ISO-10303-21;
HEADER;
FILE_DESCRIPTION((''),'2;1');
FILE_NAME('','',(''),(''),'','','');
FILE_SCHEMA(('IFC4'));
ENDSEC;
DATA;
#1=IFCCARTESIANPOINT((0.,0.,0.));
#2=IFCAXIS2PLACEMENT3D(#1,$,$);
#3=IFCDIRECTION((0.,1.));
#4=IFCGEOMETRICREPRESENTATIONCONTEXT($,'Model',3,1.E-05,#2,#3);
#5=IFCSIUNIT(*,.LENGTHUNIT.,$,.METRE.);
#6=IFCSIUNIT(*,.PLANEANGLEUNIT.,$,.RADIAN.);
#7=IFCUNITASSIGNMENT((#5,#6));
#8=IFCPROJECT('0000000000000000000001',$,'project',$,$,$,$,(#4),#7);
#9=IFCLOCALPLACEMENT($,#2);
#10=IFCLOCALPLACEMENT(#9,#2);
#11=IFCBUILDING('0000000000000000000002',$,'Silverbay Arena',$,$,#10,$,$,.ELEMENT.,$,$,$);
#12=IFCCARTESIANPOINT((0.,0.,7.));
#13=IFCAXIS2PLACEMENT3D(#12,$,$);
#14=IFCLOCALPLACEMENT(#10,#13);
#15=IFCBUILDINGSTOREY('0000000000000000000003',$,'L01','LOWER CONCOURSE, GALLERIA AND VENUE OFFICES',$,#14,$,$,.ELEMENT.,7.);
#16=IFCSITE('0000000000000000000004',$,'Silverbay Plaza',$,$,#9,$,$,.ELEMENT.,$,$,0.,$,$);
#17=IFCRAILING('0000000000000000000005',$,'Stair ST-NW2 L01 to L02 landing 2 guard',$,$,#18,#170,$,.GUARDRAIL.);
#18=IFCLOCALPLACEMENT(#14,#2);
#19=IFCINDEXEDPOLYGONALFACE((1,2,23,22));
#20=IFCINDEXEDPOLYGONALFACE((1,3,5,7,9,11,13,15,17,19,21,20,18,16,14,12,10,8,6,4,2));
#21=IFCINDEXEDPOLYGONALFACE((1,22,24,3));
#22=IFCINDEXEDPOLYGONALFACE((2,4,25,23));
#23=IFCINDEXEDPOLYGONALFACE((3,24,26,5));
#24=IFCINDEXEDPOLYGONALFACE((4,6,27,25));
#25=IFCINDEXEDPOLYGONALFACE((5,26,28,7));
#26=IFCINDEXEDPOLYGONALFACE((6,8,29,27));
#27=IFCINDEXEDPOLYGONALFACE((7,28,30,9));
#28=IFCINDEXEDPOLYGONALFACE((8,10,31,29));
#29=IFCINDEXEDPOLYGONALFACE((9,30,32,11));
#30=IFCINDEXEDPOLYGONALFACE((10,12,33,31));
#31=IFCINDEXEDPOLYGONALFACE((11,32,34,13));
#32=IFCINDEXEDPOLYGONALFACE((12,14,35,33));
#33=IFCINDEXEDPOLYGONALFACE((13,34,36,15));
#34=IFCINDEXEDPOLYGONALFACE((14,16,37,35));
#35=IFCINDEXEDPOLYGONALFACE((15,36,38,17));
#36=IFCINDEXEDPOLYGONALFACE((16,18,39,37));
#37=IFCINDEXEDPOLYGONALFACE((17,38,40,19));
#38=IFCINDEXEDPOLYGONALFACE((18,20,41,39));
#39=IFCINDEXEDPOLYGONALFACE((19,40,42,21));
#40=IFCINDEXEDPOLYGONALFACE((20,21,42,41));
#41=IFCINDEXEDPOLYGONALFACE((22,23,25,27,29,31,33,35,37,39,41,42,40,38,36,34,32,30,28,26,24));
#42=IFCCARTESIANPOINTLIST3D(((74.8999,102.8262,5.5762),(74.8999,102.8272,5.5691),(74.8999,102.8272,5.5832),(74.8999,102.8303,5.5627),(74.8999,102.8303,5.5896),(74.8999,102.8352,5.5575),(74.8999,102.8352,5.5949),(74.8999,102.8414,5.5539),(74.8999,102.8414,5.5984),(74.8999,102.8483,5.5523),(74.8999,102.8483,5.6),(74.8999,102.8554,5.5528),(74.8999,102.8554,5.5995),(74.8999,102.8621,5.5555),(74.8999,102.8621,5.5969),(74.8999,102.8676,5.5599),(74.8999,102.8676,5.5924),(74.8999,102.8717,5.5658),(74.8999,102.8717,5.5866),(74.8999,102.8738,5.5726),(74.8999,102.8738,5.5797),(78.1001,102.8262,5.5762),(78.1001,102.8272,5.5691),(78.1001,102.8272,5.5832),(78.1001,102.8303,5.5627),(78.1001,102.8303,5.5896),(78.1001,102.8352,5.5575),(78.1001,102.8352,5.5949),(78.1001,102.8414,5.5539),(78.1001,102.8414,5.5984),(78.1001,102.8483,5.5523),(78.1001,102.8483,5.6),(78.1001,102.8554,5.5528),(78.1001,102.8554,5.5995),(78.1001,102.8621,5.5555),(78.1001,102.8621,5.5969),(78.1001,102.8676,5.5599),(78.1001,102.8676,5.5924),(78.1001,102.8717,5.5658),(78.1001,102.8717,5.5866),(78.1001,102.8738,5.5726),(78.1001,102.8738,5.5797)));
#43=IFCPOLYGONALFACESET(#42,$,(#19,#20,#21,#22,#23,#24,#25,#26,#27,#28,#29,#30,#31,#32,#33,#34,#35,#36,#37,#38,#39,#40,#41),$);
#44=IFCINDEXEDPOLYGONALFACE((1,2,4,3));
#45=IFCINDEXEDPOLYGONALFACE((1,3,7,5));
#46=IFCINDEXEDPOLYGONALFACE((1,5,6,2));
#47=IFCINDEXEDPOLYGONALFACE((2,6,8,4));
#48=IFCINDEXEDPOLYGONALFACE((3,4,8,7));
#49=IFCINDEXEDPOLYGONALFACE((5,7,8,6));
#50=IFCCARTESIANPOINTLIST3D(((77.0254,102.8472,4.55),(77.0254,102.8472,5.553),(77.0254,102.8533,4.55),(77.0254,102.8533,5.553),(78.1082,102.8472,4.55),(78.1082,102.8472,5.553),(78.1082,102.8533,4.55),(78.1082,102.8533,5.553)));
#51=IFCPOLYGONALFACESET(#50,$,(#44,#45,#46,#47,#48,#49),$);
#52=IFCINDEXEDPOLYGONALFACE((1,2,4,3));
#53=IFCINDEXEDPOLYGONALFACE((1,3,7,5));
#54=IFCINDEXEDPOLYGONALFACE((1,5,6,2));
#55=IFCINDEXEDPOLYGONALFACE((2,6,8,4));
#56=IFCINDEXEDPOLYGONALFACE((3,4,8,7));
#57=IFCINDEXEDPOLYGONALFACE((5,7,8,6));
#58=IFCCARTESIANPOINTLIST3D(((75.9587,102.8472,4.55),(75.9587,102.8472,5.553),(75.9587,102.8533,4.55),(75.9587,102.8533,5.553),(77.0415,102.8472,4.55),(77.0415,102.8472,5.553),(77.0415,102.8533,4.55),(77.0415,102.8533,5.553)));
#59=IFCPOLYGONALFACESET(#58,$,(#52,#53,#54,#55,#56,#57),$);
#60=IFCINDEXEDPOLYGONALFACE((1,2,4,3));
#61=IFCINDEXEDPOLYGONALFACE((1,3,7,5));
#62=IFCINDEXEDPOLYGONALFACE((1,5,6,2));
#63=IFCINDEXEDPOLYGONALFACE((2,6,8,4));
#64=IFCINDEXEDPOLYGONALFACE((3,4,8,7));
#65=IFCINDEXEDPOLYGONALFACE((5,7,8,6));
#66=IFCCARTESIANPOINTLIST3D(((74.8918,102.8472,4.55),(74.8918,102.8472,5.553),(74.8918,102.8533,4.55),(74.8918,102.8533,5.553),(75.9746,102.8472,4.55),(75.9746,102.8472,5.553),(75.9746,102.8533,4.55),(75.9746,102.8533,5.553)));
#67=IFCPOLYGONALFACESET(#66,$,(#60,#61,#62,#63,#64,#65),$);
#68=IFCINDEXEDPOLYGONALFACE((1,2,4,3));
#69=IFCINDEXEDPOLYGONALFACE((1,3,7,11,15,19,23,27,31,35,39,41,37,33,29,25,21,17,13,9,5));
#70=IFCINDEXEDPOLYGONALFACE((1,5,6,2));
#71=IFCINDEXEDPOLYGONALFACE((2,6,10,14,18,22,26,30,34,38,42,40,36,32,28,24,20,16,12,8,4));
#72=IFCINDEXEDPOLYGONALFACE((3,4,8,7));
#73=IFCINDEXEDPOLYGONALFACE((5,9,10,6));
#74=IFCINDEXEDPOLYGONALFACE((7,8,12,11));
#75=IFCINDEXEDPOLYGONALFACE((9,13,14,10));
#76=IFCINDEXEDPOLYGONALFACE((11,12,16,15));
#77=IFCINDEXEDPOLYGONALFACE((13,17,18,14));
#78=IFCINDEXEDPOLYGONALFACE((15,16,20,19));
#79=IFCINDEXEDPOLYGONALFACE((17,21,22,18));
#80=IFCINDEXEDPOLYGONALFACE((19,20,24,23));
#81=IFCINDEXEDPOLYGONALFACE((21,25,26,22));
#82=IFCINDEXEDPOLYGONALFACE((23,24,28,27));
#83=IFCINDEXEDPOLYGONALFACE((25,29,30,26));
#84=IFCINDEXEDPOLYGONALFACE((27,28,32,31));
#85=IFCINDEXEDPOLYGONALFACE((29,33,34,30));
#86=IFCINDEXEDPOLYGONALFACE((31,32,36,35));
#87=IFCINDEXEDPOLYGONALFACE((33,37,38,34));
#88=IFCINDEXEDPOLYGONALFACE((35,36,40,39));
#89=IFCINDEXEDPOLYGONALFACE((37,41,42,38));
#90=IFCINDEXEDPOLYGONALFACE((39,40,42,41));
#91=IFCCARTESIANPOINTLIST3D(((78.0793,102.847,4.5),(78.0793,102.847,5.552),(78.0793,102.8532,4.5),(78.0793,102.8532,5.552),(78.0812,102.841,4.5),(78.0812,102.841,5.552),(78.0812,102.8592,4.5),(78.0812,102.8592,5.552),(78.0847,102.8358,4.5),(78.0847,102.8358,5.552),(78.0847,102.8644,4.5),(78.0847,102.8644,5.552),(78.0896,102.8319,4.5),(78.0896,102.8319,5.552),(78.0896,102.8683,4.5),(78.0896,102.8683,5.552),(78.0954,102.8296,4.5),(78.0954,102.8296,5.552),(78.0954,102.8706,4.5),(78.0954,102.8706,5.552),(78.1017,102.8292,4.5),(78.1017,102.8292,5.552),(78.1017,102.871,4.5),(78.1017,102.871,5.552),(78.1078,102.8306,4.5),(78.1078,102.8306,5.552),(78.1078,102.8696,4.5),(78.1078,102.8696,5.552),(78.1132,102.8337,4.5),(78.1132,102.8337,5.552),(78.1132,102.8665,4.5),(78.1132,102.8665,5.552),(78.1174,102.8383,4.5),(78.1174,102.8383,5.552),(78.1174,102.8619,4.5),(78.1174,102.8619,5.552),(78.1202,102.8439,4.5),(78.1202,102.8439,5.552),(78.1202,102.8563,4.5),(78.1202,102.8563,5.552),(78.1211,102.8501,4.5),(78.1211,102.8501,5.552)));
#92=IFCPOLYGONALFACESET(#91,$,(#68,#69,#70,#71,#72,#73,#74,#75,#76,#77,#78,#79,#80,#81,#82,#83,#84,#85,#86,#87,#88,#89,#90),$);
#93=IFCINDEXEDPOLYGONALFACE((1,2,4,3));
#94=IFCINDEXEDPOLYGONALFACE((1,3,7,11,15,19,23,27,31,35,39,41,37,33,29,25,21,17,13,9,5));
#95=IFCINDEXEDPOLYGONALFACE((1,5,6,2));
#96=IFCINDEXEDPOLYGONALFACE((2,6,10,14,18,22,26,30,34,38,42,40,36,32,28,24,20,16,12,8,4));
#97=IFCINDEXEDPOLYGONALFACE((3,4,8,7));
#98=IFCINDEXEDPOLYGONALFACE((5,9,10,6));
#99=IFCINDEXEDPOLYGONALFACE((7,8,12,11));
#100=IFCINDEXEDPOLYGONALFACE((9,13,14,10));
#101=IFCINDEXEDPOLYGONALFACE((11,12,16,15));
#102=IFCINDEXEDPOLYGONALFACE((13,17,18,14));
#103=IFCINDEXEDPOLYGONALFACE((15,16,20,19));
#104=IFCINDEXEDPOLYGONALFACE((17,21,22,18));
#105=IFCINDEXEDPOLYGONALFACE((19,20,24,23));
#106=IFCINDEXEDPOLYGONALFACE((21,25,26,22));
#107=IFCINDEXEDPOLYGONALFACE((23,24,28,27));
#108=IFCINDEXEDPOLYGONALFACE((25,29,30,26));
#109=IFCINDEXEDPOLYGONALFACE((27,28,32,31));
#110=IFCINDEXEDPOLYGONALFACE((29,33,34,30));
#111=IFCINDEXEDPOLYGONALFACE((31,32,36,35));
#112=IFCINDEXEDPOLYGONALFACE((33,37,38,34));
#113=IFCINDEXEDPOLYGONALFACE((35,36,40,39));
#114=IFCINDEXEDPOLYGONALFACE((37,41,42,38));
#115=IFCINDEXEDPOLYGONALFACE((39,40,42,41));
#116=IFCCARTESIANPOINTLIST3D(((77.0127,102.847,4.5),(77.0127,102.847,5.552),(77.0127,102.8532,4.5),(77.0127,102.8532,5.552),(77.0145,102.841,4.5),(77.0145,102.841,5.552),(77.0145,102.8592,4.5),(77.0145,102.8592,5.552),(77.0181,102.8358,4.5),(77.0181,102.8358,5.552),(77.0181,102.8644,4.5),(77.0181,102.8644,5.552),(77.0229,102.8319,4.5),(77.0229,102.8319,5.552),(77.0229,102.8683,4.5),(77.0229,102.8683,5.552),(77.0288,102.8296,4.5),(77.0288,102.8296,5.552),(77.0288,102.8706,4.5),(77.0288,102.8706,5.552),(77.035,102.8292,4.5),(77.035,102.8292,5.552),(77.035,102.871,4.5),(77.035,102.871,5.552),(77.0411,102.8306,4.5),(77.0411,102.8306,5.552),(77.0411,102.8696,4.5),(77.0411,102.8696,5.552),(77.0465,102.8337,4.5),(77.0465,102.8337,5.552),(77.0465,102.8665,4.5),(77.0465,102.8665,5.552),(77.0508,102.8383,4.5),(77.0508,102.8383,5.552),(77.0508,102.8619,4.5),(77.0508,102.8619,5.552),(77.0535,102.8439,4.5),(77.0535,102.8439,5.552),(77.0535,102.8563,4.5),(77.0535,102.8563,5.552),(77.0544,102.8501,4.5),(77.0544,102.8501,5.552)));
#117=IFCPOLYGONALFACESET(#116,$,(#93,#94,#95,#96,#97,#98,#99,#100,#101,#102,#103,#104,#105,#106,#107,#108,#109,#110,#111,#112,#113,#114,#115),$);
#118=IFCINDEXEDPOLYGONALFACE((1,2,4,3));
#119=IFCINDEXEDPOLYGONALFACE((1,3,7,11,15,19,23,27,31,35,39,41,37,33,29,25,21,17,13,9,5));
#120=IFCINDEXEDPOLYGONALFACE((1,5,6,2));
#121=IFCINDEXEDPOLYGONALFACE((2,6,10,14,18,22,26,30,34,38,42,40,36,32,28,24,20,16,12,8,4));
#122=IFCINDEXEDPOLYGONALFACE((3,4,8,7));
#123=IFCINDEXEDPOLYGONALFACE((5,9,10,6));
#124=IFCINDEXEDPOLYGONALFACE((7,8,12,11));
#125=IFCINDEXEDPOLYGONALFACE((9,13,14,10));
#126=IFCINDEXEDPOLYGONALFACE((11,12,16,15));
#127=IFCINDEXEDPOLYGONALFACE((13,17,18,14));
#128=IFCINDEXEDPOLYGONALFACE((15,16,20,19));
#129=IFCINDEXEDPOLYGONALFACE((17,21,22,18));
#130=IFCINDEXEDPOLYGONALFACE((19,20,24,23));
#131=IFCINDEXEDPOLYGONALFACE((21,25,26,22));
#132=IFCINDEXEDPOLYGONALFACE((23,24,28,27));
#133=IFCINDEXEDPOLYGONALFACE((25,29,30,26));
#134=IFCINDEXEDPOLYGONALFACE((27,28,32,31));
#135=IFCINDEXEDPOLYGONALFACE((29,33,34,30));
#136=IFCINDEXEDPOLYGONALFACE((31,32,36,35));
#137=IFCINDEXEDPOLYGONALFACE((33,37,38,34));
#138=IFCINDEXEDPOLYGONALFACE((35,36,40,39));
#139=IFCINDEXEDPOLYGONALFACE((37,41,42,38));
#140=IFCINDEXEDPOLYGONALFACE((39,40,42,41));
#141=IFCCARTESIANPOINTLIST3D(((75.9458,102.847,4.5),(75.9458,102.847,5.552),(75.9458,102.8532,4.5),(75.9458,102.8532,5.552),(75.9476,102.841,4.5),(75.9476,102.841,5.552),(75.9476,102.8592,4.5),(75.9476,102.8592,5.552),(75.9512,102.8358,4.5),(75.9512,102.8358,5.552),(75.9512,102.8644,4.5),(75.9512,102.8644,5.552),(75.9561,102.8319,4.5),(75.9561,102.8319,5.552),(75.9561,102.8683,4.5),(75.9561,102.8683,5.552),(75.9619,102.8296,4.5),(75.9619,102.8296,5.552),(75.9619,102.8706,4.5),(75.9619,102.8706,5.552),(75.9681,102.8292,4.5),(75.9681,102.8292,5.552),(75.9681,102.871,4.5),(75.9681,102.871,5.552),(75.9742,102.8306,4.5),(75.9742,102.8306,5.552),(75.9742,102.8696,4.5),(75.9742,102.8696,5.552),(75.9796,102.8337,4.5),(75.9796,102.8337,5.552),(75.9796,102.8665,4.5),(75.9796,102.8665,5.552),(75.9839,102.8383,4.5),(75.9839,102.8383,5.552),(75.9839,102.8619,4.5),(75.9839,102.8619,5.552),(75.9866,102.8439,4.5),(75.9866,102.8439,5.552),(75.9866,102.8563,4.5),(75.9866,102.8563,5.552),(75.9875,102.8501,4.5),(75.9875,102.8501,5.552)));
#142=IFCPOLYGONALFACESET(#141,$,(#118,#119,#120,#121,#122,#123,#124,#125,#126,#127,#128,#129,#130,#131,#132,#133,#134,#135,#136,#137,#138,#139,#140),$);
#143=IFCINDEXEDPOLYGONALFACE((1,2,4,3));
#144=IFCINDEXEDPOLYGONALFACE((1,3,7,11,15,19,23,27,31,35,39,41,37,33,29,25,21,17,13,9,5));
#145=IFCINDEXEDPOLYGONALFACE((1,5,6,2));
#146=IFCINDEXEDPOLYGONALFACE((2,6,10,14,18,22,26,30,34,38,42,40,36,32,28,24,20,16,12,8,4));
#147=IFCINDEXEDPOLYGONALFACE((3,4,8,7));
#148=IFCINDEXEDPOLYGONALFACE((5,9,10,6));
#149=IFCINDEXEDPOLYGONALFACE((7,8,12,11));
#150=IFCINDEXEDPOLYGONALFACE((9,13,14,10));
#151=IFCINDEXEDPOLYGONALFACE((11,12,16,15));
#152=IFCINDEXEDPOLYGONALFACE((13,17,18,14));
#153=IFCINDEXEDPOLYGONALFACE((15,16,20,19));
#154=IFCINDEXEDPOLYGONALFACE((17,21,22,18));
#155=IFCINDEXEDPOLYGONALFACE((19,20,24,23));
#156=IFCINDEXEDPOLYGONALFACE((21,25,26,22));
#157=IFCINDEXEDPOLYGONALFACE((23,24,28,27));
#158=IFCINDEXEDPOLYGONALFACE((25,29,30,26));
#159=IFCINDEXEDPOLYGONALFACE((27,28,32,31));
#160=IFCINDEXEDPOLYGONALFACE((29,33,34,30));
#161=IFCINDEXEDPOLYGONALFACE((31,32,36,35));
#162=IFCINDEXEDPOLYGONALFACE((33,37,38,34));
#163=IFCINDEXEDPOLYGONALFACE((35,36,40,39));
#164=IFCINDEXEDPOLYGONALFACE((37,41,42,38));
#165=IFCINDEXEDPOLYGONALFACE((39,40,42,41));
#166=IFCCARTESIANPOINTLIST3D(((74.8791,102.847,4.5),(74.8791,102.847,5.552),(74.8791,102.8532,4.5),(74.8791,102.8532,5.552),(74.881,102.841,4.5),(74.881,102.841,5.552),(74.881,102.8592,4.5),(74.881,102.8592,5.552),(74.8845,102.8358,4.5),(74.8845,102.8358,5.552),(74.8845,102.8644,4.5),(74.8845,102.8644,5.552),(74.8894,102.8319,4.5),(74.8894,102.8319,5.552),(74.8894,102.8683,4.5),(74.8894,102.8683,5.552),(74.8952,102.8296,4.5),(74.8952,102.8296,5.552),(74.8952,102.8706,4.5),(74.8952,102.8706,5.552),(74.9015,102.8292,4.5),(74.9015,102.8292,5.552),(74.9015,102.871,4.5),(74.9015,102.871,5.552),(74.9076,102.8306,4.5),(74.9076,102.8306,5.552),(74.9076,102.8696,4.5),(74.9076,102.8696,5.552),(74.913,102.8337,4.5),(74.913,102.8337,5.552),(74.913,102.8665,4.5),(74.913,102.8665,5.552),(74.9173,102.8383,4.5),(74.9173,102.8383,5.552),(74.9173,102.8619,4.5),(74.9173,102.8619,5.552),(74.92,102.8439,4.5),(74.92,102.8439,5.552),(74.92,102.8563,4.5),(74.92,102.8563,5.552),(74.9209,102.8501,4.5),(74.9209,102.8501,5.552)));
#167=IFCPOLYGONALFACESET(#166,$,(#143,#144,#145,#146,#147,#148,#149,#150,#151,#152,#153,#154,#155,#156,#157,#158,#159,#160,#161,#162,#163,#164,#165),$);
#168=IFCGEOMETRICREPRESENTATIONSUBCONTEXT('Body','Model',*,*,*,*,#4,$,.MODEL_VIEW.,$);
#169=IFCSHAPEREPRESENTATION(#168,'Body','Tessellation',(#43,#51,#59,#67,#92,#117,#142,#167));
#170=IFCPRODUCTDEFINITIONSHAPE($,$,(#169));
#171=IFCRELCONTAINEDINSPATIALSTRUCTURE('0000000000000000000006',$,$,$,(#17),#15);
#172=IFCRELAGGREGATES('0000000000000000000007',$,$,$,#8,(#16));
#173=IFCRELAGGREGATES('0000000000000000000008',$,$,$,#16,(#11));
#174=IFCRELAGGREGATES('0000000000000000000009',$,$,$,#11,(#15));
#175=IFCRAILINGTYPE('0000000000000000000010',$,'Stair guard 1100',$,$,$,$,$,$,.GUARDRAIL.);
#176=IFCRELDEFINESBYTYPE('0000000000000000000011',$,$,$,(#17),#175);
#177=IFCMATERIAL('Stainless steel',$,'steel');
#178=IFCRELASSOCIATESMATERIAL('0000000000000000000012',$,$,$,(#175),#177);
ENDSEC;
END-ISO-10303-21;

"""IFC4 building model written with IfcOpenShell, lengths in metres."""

from ifc_helpers import new_model, si_unit, direction, frame, origin, origin_2d, place, context, subcontext, project, spatial, polyline, circle, outline, extrude, material, type_object, element, save


model = new_model("IFC4")

# Units and contexts
model_context = context("Model", 3, precision=1e-05, world=origin(), true_north=direction((0.0, 1.0)))
body_context = subcontext(model_context, "Body", "Model", "MODEL_VIEW")
ifc_project = project(units=[si_unit("LENGTHUNIT", "METRE"), si_unit("PLANEANGLEUNIT", "RADIAN")], contexts=[model_context])

# Site, building, storey
site_placement = place(None, origin())
site = spatial("IfcSite", under=ifc_project, at=site_placement, Name="Silverbay Plaza", CompositionType="ELEMENT", RefElevation=0.0)
building_placement = place(site_placement, origin())
building = spatial("IfcBuilding", under=site, at=building_placement, Name="Silverbay Arena", CompositionType="ELEMENT")
storey_placement = place(building_placement, frame((0.0, 0.0, 7.0)))
storey = spatial("IfcBuildingStorey", under=building, at=storey_placement, Name="L01", Description="LOWER CONCOURSE, GALLERIA AND VENUE OFFICES", CompositionType="ELEMENT", Elevation=7.0)

# Railing
ifc_material_1 = material(Name="Stainless steel", Category="steel")
railing_type_1 = type_object("IfcRailingType", Name="Stair guard 1100", PredefinedType="GUARDRAIL", material=ifc_material_1)
for number, where, name in (
    (1, (78.1001, 102.8501, 4.5), "Stair ST-NW2 L01 to L02 landing 2 guard"),
):
    element("IfcRailing", number, at=place(storey_placement, frame(where)), inside=storey, type_object=railing_type_1, Name=name, PredefinedType="GUARDRAIL", context=body_context, shape_type="SweptSolid", body=[
        extrude(circle(Radius=0.0239, at=origin_2d()), frame((0.0, 0.0, 1.0762), z_axis=(-1.0, 0.0, 0.0), x_axis=(0.0, -1.0, 0.0)), (0.0, 0.0, 1.0), 3.2002),
        extrude(outline(polyline([(-0.0081, 0.05), (1.0747, 0.05), (1.0747, 1.053), (-0.0081, 1.053), (-0.0081, 0.05)])), frame((0.0, -0.0029, 0.0), z_axis=(0.0, 1.0, 0.0), x_axis=(-1.0, 0.0, 0.0)), (0.0, 0.0, 1.0), 0.0061),
        extrude(outline(polyline([(-0.0081, 0.05), (1.0747, 0.05), (1.0747, 1.053), (-0.0081, 1.053), (-0.0081, 0.05)])), frame((-1.0667, -0.0029, 0.0), z_axis=(0.0, 1.0, 0.0), x_axis=(-1.0, 0.0, 0.0)), (0.0, 0.0, 1.0), 0.0061),
        extrude(outline(polyline([(-0.0081, 0.05), (1.0747, 0.05), (1.0747, 1.053), (-0.0081, 1.053), (-0.0081, 0.05)])), frame((-2.1335, -0.0029, 0.0), z_axis=(0.0, 1.0, 0.0), x_axis=(-1.0, 0.0, 0.0)), (0.0, 0.0, 1.0), 0.0061),
        extrude(circle(Radius=0.021, at=origin_2d()), origin(), (0.0, 0.0, 1.0), 1.052),
        extrude(circle(Radius=0.021, at=origin_2d()), frame((-1.0667, 0.0, 0.0)), (0.0, 0.0, 1.0), 1.052),
        extrude(circle(Radius=0.021, at=origin_2d()), frame((-2.1335, 0.0, 0.0)), (0.0, 0.0, 1.0), 1.052),
        extrude(circle(Radius=0.021, at=origin_2d()), frame((-3.2002, 0.0, 0.0)), (0.0, 0.0, 1.0), 1.052),
    ])

save(model, "model.ifc")
